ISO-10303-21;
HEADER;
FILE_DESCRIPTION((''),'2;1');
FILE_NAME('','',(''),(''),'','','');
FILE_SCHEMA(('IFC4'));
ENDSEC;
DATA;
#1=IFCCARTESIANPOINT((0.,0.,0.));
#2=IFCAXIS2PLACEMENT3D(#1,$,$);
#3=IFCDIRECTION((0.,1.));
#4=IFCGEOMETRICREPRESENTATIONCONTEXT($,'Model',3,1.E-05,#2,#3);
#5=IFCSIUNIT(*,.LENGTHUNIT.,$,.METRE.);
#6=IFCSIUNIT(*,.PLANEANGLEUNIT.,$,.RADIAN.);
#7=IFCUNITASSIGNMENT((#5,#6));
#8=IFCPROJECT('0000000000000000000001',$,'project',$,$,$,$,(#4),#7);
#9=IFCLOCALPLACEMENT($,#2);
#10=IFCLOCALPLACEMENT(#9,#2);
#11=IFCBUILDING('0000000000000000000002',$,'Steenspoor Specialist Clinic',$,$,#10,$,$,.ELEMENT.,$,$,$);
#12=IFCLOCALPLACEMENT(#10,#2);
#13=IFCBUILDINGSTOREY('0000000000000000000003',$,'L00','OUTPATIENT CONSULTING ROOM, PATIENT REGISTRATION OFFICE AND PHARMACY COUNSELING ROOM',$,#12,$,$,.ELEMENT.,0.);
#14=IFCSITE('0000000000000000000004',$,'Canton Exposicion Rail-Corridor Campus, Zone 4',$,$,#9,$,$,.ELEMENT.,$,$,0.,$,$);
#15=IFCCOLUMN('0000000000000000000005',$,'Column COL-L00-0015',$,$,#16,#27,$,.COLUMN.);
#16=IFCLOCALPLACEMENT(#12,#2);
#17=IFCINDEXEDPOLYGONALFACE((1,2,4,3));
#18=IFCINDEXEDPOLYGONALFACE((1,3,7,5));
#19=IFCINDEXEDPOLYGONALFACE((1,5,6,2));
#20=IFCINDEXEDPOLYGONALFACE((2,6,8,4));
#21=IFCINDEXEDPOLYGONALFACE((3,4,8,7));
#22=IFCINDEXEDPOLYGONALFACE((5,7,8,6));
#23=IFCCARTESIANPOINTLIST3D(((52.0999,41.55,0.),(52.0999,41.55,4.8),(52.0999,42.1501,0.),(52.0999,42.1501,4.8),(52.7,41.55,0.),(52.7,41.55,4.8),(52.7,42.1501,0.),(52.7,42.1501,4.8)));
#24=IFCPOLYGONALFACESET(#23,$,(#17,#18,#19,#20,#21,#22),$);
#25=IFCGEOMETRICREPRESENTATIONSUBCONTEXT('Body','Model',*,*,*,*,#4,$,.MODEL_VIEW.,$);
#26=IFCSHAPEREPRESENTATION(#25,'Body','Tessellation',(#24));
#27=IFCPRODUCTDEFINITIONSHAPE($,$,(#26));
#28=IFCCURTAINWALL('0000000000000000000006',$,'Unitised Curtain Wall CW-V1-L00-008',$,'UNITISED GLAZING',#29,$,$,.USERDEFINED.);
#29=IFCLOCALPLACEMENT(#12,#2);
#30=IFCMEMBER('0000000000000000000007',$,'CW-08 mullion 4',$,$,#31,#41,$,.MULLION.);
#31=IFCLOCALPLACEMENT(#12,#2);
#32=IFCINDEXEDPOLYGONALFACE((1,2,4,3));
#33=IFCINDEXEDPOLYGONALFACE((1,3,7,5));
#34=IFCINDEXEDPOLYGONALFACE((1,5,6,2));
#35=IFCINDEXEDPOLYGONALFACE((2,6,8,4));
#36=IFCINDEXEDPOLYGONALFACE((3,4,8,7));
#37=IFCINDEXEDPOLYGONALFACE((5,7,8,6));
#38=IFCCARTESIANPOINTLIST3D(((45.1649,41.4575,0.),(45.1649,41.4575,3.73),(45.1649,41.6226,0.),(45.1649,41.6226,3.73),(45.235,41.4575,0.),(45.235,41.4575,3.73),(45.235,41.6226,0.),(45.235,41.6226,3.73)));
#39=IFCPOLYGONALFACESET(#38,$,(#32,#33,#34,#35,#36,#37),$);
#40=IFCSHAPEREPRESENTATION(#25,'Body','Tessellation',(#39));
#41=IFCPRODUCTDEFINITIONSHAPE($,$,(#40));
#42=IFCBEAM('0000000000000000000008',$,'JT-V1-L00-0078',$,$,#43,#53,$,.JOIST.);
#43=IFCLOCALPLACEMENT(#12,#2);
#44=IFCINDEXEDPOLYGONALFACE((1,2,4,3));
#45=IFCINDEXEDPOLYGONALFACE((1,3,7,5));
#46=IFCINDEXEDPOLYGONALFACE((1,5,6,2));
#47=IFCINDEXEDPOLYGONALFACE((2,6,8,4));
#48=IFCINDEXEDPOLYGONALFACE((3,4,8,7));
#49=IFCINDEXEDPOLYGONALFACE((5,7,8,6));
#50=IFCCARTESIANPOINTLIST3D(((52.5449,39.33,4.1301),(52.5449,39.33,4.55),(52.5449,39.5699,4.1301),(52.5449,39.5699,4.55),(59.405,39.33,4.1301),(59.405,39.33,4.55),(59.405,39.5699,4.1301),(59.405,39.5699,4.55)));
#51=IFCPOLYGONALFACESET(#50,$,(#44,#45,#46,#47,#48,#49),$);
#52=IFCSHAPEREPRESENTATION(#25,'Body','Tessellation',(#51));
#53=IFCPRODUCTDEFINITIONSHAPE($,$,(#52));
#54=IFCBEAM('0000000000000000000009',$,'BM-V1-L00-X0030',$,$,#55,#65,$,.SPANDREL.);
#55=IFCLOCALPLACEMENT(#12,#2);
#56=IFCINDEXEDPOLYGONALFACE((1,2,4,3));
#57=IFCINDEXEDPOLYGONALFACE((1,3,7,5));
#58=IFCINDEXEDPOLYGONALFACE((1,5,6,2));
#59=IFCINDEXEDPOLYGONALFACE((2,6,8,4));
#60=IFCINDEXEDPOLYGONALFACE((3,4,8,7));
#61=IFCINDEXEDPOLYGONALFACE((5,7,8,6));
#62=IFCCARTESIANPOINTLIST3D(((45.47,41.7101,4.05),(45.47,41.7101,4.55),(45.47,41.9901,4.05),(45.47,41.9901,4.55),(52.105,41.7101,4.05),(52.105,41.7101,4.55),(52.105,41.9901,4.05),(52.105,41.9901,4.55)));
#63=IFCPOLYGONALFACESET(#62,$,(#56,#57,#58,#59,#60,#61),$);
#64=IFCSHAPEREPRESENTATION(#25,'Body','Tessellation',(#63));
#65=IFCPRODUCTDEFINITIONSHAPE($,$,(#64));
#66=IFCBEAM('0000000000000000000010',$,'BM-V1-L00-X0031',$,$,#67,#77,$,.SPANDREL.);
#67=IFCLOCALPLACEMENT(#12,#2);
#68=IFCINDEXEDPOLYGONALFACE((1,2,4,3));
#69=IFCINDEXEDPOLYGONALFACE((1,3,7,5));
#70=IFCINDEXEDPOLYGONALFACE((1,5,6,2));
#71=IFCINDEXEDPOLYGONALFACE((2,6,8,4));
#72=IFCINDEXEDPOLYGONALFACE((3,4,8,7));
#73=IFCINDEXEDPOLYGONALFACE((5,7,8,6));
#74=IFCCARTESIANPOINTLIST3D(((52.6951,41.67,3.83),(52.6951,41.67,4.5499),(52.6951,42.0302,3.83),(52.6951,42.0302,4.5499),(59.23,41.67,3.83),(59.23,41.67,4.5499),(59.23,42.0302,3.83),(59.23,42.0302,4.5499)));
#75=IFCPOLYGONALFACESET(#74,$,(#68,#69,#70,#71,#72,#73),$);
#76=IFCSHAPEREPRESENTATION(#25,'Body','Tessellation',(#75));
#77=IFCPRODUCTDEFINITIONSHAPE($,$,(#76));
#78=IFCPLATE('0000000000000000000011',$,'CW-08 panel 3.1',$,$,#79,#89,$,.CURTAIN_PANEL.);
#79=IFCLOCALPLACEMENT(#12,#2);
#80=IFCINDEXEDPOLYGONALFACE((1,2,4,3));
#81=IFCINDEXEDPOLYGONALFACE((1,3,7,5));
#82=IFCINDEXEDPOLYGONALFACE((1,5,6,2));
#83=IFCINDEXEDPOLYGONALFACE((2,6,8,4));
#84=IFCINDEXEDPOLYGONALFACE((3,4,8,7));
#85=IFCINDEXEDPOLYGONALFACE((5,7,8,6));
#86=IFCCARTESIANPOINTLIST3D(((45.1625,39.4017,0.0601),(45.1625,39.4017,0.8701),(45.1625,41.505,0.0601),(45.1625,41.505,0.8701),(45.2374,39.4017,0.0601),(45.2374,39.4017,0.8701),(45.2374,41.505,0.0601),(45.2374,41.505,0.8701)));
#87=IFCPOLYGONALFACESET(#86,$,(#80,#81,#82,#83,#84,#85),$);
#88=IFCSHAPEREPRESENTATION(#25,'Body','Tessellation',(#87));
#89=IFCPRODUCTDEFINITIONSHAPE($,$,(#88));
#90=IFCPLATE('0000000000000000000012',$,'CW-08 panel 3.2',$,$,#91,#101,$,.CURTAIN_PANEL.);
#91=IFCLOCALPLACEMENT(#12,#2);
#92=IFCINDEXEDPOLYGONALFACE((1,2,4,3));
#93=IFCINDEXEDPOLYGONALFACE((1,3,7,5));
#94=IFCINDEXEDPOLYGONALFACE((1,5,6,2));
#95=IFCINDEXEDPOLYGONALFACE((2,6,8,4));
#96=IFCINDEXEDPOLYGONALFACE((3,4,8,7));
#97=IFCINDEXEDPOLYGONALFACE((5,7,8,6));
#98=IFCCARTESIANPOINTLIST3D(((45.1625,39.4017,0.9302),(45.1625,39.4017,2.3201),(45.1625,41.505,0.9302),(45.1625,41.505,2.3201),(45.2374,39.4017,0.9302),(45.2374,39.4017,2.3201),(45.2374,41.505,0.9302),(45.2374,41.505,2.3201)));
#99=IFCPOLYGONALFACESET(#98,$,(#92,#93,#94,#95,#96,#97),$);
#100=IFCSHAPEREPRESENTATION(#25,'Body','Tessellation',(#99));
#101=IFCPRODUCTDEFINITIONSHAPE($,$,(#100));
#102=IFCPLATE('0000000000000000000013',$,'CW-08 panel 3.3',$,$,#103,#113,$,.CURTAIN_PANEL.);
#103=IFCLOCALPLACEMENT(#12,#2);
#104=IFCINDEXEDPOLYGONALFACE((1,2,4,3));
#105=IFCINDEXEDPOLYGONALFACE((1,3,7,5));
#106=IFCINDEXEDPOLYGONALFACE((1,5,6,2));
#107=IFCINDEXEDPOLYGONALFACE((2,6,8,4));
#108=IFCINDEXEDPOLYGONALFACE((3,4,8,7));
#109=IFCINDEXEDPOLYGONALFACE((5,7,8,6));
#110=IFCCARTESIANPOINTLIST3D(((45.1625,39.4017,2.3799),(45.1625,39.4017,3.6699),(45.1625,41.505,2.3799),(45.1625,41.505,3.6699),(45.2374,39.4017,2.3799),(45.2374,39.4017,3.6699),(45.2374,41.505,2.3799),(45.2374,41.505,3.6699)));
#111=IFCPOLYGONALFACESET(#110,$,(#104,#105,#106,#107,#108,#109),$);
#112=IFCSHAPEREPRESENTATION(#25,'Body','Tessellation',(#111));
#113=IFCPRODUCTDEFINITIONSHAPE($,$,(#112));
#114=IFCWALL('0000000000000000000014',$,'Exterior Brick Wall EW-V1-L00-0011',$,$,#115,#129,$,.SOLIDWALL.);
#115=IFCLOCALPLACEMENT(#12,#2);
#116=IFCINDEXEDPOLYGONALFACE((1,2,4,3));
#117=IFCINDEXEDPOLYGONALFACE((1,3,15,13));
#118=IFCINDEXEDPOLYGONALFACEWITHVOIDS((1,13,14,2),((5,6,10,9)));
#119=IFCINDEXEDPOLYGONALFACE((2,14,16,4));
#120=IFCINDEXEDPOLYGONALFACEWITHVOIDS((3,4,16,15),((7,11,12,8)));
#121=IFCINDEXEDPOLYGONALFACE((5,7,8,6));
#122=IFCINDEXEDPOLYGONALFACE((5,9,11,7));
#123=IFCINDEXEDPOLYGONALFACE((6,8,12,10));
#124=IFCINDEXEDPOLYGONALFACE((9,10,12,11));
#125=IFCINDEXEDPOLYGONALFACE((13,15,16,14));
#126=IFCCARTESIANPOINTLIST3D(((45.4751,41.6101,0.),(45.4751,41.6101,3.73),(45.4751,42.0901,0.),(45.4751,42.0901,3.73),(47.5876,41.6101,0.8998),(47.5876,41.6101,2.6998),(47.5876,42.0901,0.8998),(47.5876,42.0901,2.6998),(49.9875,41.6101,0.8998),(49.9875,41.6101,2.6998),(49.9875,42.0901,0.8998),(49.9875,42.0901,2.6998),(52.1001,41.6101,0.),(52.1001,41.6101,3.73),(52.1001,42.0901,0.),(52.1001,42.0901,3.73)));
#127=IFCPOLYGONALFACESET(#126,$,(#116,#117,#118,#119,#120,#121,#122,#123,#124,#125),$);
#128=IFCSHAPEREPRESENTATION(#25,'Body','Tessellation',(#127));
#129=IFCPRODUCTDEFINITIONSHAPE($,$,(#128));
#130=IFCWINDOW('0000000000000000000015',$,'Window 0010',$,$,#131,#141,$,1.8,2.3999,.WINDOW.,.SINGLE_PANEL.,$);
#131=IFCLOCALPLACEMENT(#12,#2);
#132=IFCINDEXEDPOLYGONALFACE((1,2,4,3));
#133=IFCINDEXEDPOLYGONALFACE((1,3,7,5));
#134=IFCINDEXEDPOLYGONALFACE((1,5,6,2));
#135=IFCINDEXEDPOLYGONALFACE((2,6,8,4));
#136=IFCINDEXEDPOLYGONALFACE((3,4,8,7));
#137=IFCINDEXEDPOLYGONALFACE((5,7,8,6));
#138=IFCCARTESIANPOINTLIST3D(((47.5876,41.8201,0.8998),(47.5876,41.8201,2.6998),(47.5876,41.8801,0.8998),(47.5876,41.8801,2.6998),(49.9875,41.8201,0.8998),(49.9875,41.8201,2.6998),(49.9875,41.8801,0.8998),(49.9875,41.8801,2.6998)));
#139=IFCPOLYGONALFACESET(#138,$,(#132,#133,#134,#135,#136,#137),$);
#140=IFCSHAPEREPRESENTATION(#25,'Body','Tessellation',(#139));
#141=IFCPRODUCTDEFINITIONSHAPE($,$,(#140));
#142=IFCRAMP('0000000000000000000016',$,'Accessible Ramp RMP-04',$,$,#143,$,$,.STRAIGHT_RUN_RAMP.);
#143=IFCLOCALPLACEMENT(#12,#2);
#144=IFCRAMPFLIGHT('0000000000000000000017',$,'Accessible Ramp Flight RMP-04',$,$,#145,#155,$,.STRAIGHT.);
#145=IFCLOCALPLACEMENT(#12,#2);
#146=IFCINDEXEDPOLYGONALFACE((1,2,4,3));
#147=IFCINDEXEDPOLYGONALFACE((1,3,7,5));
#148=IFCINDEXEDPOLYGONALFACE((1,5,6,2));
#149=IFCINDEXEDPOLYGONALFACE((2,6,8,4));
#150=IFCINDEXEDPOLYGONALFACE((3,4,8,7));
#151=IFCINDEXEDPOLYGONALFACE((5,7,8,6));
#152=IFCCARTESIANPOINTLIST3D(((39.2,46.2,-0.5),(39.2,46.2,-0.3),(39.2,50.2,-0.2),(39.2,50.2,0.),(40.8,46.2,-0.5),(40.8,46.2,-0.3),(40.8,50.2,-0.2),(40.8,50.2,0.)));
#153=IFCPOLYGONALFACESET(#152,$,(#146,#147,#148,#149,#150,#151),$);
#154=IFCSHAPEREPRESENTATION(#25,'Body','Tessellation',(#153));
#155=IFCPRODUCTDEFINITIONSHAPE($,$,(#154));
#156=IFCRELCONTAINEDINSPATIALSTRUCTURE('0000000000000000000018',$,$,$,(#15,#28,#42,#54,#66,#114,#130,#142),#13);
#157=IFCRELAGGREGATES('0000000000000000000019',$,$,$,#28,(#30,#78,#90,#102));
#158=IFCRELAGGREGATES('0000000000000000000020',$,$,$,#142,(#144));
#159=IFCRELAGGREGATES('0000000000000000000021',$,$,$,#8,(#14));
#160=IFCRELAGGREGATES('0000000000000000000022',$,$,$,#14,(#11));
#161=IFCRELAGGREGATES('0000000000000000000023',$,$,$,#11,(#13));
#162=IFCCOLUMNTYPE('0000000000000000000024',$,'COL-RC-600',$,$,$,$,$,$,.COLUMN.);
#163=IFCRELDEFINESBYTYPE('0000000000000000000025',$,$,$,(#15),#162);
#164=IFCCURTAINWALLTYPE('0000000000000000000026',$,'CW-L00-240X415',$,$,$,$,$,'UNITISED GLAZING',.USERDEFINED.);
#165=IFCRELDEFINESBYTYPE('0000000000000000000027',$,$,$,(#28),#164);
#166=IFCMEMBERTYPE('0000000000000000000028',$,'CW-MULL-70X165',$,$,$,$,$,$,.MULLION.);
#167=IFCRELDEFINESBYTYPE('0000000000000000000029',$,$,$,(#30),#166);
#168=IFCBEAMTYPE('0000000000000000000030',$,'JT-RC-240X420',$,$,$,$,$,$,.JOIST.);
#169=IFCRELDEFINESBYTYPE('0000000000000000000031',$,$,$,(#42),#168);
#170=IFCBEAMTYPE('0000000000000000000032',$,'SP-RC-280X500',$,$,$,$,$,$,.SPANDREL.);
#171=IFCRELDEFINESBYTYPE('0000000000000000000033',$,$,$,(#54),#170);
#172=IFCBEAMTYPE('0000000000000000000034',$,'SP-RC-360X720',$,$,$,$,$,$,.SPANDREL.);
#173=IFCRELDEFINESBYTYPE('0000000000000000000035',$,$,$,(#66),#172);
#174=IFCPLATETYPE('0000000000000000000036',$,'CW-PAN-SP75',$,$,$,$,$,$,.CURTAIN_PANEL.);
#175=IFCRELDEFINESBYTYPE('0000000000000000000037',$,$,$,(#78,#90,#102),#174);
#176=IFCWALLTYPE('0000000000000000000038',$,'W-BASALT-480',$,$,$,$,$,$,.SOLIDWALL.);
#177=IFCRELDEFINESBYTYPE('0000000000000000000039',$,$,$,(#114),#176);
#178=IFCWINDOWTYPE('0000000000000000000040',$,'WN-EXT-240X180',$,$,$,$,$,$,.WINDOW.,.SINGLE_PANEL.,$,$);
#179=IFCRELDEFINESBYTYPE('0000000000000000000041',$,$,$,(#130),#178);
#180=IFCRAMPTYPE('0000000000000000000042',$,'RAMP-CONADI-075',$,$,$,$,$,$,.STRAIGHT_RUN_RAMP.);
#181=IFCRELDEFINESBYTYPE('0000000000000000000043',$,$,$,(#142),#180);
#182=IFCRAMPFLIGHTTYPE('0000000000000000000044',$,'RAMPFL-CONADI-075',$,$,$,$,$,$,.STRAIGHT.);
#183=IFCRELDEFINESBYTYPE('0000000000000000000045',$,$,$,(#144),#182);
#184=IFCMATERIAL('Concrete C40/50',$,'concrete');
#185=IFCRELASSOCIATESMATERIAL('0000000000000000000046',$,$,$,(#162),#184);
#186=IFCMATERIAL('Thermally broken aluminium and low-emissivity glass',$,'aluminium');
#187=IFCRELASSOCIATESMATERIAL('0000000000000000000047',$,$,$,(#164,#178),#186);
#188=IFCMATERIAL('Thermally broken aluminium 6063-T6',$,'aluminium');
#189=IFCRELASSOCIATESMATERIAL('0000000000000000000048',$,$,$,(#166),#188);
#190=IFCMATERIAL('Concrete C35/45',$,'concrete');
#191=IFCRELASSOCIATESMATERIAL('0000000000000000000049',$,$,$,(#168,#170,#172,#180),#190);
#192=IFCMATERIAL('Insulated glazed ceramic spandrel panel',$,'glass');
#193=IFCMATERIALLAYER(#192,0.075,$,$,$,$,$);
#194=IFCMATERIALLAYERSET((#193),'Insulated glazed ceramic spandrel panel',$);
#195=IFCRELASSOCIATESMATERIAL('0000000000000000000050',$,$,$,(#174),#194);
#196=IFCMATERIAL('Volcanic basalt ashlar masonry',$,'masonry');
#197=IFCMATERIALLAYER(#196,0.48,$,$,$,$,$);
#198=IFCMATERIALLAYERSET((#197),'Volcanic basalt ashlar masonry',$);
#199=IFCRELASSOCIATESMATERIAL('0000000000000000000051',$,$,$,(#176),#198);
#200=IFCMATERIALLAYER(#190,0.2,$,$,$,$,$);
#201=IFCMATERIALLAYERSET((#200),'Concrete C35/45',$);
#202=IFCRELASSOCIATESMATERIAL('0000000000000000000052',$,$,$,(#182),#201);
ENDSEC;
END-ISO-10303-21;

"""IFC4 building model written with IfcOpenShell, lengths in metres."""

from ifc_helpers import new_model, si_unit, direction, frame, frame_2d, origin, origin_2d, place, context, subcontext, project, spatial, polyline, rectangle, outline, extrude, material, layer, layer_set, material_profile, profile_set, type_object, element, fill, aggregate, save


model = new_model("IFC4")

# Units and contexts
model_context = context("Model", 3, precision=1e-05, world=origin(), true_north=direction((0.0, 1.0)))
body_context = subcontext(model_context, "Body", "Model", "MODEL_VIEW")
ifc_project = project(units=[si_unit("LENGTHUNIT", "METRE"), si_unit("PLANEANGLEUNIT", "RADIAN")], contexts=[model_context])

# Site, building, storey
site_placement = place(None, origin())
site = spatial("IfcSite", under=ifc_project, at=site_placement, Name="Canton Exposicion Rail-Corridor Campus, Zone 4", CompositionType="ELEMENT", RefElevation=0.0)
building_placement = place(site_placement, origin())
building = spatial("IfcBuilding", under=site, at=building_placement, Name="Steenspoor Specialist Clinic", CompositionType="ELEMENT")
storey_placement = place(building_placement, origin())
storey = spatial("IfcBuildingStorey", under=building, at=storey_placement, Name="L00", Description="OUTPATIENT CONSULTING ROOM, PATIENT REGISTRATION OFFICE AND PHARMACY COUNSELING ROOM", CompositionType="ELEMENT", Elevation=0.0)

# Shared definitions
ifc_material_1 = material(Name="Concrete C35/45", Category="concrete")

# Column
ifc_material_2 = material(Name="Concrete C40/50", Category="concrete")
ifc_material_profile_1 = material_profile(ifc_material_2, rectangle(XDim=0.6001, YDim=0.6001, at=origin_2d()), Name="RC-COL-600X600")
ifc_profile_set_1 = profile_set([ifc_material_profile_1], Name="Concrete C40/50")
column_type_1 = type_object("IfcColumnType", Name="COL-RC-600", PredefinedType="COLUMN", material=ifc_profile_set_1)
column_1_placement = place(storey_placement, frame((52.3999, 41.8501, 0.0), z_axis=(0.0, 0.0, 1.0), x_axis=(1.0, 0.0, 0.0)))
element("IfcColumn", 1, at=column_1_placement, inside=storey, type_object=column_type_1, Name="Column COL-L00-0015", PredefinedType="COLUMN", context=body_context, shape_type="SweptSolid", body=[
    extrude(rectangle(XDim=0.6001, YDim=0.6001, at=origin_2d()), origin(), (0.0, 0.0, 1.0), 4.8),
])

# Curtain wall, member
ifc_material_3 = material(Name="Thermally broken aluminium and low-emissivity glass", Category="aluminium")
curtain_wall_type = type_object("IfcCurtainWallType", Name="CW-L00-240X415", ElementType="UNITISED GLAZING", PredefinedType="USERDEFINED", material=ifc_material_3)
curtain_wall_placement = place(storey_placement, origin())
curtain_wall = element("IfcCurtainWall", 2, at=curtain_wall_placement, inside=storey, type_object=curtain_wall_type, Name="Unitised Curtain Wall CW-V1-L00-008", ObjectType="UNITISED GLAZING", PredefinedType="USERDEFINED")
ifc_material_4 = material(Name="Thermally broken aluminium 6063-T6", Category="aluminium")
ifc_material_profile_2 = material_profile(ifc_material_4, rectangle(XDim=0.0701, YDim=0.165, at=origin_2d()), Name="CWM-70X165")
ifc_profile_set_2 = profile_set([ifc_material_profile_2], Name="Thermally broken aluminium 6063-T6")
member_type = type_object("IfcMemberType", Name="CW-MULL-70X165", PredefinedType="MULLION", material=ifc_profile_set_2)
member_placement = place(storey_placement, frame((45.2, 41.54, 0.0), z_axis=(0.0, 0.0, 1.0), x_axis=(-1.0, 0.0, 0.0)))
member = element("IfcMember", 3, at=member_placement, type_object=member_type, Name="CW-08 mullion 4", PredefinedType="MULLION", context=body_context, shape_type="SweptSolid", body=[
    extrude(rectangle(XDim=0.0701, YDim=0.165, at=origin_2d()), origin(), (0.0, 0.0, 1.0), 3.73),
])

# Beams
ifc_material_profile_3 = material_profile(ifc_material_1, rectangle(XDim=0.24, YDim=0.4199, at=origin_2d()), Name="RC-JT-240X420")
ifc_profile_set_3 = profile_set([ifc_material_profile_3], Name="Concrete C35/45")
beam_type_1 = type_object("IfcBeamType", Name="JT-RC-240X420", PredefinedType="JOIST", material=ifc_profile_set_3)
beam_1_placement = place(storey_placement, frame((52.5449, 39.45, 4.3401), z_axis=(1.0, 0.0, 0.0), x_axis=(0.0, 1.0, 0.0)))
element("IfcBeam", 4, at=beam_1_placement, inside=storey, type_object=beam_type_1, Name="JT-V1-L00-0078", PredefinedType="JOIST", context=body_context, shape_type="SweptSolid", body=[
    extrude(rectangle(XDim=0.24, YDim=0.4199, at=origin_2d()), origin(), (0.0, 0.0, 1.0), 6.8601),
])
ifc_material_profile_4 = material_profile(ifc_material_1, rectangle(XDim=0.28, YDim=0.5, at=origin_2d()), Name="RC-SP-280X500")
ifc_profile_set_4 = profile_set([ifc_material_profile_4], Name="Concrete C35/45")
beam_type_2 = type_object("IfcBeamType", Name="SP-RC-280X500", PredefinedType="SPANDREL", material=ifc_profile_set_4)
beam_2_placement = place(storey_placement, frame((45.47, 41.8501, 4.3), z_axis=(1.0, 0.0, 0.0), x_axis=(0.0, 1.0, 0.0)))
element("IfcBeam", 5, at=beam_2_placement, inside=storey, type_object=beam_type_2, Name="BM-V1-L00-X0030", PredefinedType="SPANDREL", context=body_context, shape_type="SweptSolid", body=[
    extrude(rectangle(XDim=0.28, YDim=0.5, at=origin_2d()), origin(), (0.0, 0.0, 1.0), 6.635),
])
ifc_material_profile_5 = material_profile(ifc_material_1, rectangle(XDim=0.3601, YDim=0.72, at=origin_2d()), Name="RC-SP-360X720")
ifc_profile_set_5 = profile_set([ifc_material_profile_5], Name="Concrete C35/45")
beam_type_3 = type_object("IfcBeamType", Name="SP-RC-360X720", PredefinedType="SPANDREL", material=ifc_profile_set_5)
beam_3_placement = place(storey_placement, frame((52.6951, 41.8501, 4.1899), z_axis=(1.0, 0.0, 0.0), x_axis=(0.0, 1.0, 0.0)))
element("IfcBeam", 6, at=beam_3_placement, inside=storey, type_object=beam_type_3, Name="BM-V1-L00-X0031", PredefinedType="SPANDREL", context=body_context, shape_type="SweptSolid", body=[
    extrude(rectangle(XDim=0.3601, YDim=0.72, at=origin_2d()), origin(), (0.0, 0.0, 1.0), 6.5349),
])

# Plates
ifc_material_5 = material(Name="Insulated glazed ceramic spandrel panel", Category="glass")
ifc_layer_1 = layer(ifc_material_5, 0.075)
ifc_layer_set_1 = layer_set([ifc_layer_1], Name="Insulated glazed ceramic spandrel panel")
plate_type = type_object("IfcPlateType", Name="CW-PAN-SP75", PredefinedType="CURTAIN_PANEL", material=ifc_layer_set_1)
plate_1_placement = place(storey_placement, frame((45.2, 40.4534, 0.0601), z_axis=(0.0, 0.0, 1.0), x_axis=(0.0, 1.0, 0.0)))
plate_1 = element("IfcPlate", 7, at=plate_1_placement, type_object=plate_type, Name="CW-08 panel 3.1", PredefinedType="CURTAIN_PANEL", context=body_context, shape_type="SweptSolid", body=[
    extrude(rectangle(XDim=2.1033, YDim=0.075, at=origin_2d()), origin(), (0.0, 0.0, 1.0), 0.8101),
])
plate_2_placement = place(storey_placement, frame((45.2, 40.4534, 0.9302), z_axis=(0.0, 0.0, 1.0), x_axis=(0.0, 1.0, 0.0)))
plate_2 = element("IfcPlate", 8, at=plate_2_placement, type_object=plate_type, Name="CW-08 panel 3.2", PredefinedType="CURTAIN_PANEL", context=body_context, shape_type="SweptSolid", body=[
    extrude(rectangle(XDim=2.1033, YDim=0.075, at=origin_2d()), origin(), (0.0, 0.0, 1.0), 1.3899),
])
plate_3_placement = place(storey_placement, frame((45.2, 40.4534, 2.3799), z_axis=(0.0, 0.0, 1.0), x_axis=(0.0, 1.0, 0.0)))
plate_3 = element("IfcPlate", 9, at=plate_3_placement, type_object=plate_type, Name="CW-08 panel 3.3", PredefinedType="CURTAIN_PANEL", context=body_context, shape_type="SweptSolid", body=[
    extrude(rectangle(XDim=2.1033, YDim=0.075, at=origin_2d()), origin(), (0.0, 0.0, 1.0), 1.29),
])
aggregate(curtain_wall, [member, plate_1, plate_2, plate_3])

# Wall, opening, window
ifc_material_6 = material(Name="Volcanic basalt ashlar masonry", Category="masonry")
ifc_layer_2 = layer(ifc_material_6, 0.48)
ifc_layer_set_2 = layer_set([ifc_layer_2], Name="Volcanic basalt ashlar masonry")
wall_type = type_object("IfcWallType", Name="W-BASALT-480", PredefinedType="SOLIDWALL", material=ifc_layer_set_2)
wall_placement = place(storey_placement, frame((45.4751, 41.8501, 0.0), z_axis=(0.0, 0.0, 1.0), x_axis=(1.0, 0.0, 0.0)))
wall = element("IfcWall", 10, at=wall_placement, inside=storey, type_object=wall_type, Name="Exterior Brick Wall EW-V1-L00-0011", PredefinedType="SOLIDWALL", context=body_context, shape_type="SweptSolid", body=[
    extrude(rectangle(XDim=6.625, YDim=0.48, at=frame_2d((3.3125, 0.0))), origin(), (0.0, 0.0, 1.0), 3.73),
])
opening_placement = place(wall_placement, frame((2.1125, 0.0, 0.8999)))
opening = element("IfcOpeningElement", 11, at=opening_placement, cuts=wall, PredefinedType="OPENING", context=body_context, shape_type="SweptSolid", body=[
    extrude(rectangle(XDim=2.3999, YDim=1.8, at=frame_2d((1.2, 0.8999))), frame((0.0, 0.25, 0.0), z_axis=(0.0, -1.0, 0.0), x_axis=(1.0, 0.0, 0.0)), (0.0, 0.0, 1.0), 0.5),
])
window_type = type_object("IfcWindowType", Name="WN-EXT-240X180", PartitioningType="SINGLE_PANEL", PredefinedType="WINDOW", material=ifc_material_3)
window_placement = place(opening_placement, origin())
window = element("IfcWindow", 12, at=window_placement, inside=storey, type_object=window_type, Name="Window 0010", OverallHeight=1.8, OverallWidth=2.3999, PartitioningType="SINGLE_PANEL", PredefinedType="WINDOW", context=body_context, shape_type="SweptSolid", body=[
    extrude(rectangle(XDim=2.3999, YDim=1.8, at=frame_2d((1.2, 0.8999))), frame((0.0, 0.03, 0.0), z_axis=(0.0, -1.0, 0.0), x_axis=(1.0, 0.0, 0.0)), (0.0, 0.0, 1.0), 0.0601),
])
fill(opening, window)

# Ramp, ramp flight
ramp_type = type_object("IfcRampType", Name="RAMP-CONADI-075", PredefinedType="STRAIGHT_RUN_RAMP", material=ifc_material_1)
ramp_placement = place(storey_placement, origin())
ramp = element("IfcRamp", 13, at=ramp_placement, inside=storey, type_object=ramp_type, Name="Accessible Ramp RMP-04", PredefinedType="STRAIGHT_RUN_RAMP")
ifc_layer_3 = layer(ifc_material_1, 0.2)
ifc_layer_set_3 = layer_set([ifc_layer_3], Name="Concrete C35/45")
ramp_flight_type = type_object("IfcRampFlightType", Name="RAMPFL-CONADI-075", PredefinedType="STRAIGHT", material=ifc_layer_set_3)
ramp_flight_placement = place(storey_placement, frame((40.0, 46.2, -0.3), z_axis=(0.0, 0.0, 1.0), x_axis=(0.0, 1.0, 0.0)))
ramp_flight = element("IfcRampFlight", 14, at=ramp_flight_placement, type_object=ramp_flight_type, Name="Accessible Ramp Flight RMP-04", PredefinedType="STRAIGHT", context=body_context, shape_type="SweptSolid", body=[
    extrude(outline(polyline([(0.0, 0.0), (4.0, 0.3), (4.0, 0.1001), (0.0, -0.2), (0.0, 0.0)])), frame((0.0, 0.8, 0.0), z_axis=(0.0, -1.0, 0.0), x_axis=(1.0, 0.0, 0.0)), (0.0, 0.0, 1.0), 1.6001),
])
aggregate(ramp, [ramp_flight])

save(model, "model.ifc")
